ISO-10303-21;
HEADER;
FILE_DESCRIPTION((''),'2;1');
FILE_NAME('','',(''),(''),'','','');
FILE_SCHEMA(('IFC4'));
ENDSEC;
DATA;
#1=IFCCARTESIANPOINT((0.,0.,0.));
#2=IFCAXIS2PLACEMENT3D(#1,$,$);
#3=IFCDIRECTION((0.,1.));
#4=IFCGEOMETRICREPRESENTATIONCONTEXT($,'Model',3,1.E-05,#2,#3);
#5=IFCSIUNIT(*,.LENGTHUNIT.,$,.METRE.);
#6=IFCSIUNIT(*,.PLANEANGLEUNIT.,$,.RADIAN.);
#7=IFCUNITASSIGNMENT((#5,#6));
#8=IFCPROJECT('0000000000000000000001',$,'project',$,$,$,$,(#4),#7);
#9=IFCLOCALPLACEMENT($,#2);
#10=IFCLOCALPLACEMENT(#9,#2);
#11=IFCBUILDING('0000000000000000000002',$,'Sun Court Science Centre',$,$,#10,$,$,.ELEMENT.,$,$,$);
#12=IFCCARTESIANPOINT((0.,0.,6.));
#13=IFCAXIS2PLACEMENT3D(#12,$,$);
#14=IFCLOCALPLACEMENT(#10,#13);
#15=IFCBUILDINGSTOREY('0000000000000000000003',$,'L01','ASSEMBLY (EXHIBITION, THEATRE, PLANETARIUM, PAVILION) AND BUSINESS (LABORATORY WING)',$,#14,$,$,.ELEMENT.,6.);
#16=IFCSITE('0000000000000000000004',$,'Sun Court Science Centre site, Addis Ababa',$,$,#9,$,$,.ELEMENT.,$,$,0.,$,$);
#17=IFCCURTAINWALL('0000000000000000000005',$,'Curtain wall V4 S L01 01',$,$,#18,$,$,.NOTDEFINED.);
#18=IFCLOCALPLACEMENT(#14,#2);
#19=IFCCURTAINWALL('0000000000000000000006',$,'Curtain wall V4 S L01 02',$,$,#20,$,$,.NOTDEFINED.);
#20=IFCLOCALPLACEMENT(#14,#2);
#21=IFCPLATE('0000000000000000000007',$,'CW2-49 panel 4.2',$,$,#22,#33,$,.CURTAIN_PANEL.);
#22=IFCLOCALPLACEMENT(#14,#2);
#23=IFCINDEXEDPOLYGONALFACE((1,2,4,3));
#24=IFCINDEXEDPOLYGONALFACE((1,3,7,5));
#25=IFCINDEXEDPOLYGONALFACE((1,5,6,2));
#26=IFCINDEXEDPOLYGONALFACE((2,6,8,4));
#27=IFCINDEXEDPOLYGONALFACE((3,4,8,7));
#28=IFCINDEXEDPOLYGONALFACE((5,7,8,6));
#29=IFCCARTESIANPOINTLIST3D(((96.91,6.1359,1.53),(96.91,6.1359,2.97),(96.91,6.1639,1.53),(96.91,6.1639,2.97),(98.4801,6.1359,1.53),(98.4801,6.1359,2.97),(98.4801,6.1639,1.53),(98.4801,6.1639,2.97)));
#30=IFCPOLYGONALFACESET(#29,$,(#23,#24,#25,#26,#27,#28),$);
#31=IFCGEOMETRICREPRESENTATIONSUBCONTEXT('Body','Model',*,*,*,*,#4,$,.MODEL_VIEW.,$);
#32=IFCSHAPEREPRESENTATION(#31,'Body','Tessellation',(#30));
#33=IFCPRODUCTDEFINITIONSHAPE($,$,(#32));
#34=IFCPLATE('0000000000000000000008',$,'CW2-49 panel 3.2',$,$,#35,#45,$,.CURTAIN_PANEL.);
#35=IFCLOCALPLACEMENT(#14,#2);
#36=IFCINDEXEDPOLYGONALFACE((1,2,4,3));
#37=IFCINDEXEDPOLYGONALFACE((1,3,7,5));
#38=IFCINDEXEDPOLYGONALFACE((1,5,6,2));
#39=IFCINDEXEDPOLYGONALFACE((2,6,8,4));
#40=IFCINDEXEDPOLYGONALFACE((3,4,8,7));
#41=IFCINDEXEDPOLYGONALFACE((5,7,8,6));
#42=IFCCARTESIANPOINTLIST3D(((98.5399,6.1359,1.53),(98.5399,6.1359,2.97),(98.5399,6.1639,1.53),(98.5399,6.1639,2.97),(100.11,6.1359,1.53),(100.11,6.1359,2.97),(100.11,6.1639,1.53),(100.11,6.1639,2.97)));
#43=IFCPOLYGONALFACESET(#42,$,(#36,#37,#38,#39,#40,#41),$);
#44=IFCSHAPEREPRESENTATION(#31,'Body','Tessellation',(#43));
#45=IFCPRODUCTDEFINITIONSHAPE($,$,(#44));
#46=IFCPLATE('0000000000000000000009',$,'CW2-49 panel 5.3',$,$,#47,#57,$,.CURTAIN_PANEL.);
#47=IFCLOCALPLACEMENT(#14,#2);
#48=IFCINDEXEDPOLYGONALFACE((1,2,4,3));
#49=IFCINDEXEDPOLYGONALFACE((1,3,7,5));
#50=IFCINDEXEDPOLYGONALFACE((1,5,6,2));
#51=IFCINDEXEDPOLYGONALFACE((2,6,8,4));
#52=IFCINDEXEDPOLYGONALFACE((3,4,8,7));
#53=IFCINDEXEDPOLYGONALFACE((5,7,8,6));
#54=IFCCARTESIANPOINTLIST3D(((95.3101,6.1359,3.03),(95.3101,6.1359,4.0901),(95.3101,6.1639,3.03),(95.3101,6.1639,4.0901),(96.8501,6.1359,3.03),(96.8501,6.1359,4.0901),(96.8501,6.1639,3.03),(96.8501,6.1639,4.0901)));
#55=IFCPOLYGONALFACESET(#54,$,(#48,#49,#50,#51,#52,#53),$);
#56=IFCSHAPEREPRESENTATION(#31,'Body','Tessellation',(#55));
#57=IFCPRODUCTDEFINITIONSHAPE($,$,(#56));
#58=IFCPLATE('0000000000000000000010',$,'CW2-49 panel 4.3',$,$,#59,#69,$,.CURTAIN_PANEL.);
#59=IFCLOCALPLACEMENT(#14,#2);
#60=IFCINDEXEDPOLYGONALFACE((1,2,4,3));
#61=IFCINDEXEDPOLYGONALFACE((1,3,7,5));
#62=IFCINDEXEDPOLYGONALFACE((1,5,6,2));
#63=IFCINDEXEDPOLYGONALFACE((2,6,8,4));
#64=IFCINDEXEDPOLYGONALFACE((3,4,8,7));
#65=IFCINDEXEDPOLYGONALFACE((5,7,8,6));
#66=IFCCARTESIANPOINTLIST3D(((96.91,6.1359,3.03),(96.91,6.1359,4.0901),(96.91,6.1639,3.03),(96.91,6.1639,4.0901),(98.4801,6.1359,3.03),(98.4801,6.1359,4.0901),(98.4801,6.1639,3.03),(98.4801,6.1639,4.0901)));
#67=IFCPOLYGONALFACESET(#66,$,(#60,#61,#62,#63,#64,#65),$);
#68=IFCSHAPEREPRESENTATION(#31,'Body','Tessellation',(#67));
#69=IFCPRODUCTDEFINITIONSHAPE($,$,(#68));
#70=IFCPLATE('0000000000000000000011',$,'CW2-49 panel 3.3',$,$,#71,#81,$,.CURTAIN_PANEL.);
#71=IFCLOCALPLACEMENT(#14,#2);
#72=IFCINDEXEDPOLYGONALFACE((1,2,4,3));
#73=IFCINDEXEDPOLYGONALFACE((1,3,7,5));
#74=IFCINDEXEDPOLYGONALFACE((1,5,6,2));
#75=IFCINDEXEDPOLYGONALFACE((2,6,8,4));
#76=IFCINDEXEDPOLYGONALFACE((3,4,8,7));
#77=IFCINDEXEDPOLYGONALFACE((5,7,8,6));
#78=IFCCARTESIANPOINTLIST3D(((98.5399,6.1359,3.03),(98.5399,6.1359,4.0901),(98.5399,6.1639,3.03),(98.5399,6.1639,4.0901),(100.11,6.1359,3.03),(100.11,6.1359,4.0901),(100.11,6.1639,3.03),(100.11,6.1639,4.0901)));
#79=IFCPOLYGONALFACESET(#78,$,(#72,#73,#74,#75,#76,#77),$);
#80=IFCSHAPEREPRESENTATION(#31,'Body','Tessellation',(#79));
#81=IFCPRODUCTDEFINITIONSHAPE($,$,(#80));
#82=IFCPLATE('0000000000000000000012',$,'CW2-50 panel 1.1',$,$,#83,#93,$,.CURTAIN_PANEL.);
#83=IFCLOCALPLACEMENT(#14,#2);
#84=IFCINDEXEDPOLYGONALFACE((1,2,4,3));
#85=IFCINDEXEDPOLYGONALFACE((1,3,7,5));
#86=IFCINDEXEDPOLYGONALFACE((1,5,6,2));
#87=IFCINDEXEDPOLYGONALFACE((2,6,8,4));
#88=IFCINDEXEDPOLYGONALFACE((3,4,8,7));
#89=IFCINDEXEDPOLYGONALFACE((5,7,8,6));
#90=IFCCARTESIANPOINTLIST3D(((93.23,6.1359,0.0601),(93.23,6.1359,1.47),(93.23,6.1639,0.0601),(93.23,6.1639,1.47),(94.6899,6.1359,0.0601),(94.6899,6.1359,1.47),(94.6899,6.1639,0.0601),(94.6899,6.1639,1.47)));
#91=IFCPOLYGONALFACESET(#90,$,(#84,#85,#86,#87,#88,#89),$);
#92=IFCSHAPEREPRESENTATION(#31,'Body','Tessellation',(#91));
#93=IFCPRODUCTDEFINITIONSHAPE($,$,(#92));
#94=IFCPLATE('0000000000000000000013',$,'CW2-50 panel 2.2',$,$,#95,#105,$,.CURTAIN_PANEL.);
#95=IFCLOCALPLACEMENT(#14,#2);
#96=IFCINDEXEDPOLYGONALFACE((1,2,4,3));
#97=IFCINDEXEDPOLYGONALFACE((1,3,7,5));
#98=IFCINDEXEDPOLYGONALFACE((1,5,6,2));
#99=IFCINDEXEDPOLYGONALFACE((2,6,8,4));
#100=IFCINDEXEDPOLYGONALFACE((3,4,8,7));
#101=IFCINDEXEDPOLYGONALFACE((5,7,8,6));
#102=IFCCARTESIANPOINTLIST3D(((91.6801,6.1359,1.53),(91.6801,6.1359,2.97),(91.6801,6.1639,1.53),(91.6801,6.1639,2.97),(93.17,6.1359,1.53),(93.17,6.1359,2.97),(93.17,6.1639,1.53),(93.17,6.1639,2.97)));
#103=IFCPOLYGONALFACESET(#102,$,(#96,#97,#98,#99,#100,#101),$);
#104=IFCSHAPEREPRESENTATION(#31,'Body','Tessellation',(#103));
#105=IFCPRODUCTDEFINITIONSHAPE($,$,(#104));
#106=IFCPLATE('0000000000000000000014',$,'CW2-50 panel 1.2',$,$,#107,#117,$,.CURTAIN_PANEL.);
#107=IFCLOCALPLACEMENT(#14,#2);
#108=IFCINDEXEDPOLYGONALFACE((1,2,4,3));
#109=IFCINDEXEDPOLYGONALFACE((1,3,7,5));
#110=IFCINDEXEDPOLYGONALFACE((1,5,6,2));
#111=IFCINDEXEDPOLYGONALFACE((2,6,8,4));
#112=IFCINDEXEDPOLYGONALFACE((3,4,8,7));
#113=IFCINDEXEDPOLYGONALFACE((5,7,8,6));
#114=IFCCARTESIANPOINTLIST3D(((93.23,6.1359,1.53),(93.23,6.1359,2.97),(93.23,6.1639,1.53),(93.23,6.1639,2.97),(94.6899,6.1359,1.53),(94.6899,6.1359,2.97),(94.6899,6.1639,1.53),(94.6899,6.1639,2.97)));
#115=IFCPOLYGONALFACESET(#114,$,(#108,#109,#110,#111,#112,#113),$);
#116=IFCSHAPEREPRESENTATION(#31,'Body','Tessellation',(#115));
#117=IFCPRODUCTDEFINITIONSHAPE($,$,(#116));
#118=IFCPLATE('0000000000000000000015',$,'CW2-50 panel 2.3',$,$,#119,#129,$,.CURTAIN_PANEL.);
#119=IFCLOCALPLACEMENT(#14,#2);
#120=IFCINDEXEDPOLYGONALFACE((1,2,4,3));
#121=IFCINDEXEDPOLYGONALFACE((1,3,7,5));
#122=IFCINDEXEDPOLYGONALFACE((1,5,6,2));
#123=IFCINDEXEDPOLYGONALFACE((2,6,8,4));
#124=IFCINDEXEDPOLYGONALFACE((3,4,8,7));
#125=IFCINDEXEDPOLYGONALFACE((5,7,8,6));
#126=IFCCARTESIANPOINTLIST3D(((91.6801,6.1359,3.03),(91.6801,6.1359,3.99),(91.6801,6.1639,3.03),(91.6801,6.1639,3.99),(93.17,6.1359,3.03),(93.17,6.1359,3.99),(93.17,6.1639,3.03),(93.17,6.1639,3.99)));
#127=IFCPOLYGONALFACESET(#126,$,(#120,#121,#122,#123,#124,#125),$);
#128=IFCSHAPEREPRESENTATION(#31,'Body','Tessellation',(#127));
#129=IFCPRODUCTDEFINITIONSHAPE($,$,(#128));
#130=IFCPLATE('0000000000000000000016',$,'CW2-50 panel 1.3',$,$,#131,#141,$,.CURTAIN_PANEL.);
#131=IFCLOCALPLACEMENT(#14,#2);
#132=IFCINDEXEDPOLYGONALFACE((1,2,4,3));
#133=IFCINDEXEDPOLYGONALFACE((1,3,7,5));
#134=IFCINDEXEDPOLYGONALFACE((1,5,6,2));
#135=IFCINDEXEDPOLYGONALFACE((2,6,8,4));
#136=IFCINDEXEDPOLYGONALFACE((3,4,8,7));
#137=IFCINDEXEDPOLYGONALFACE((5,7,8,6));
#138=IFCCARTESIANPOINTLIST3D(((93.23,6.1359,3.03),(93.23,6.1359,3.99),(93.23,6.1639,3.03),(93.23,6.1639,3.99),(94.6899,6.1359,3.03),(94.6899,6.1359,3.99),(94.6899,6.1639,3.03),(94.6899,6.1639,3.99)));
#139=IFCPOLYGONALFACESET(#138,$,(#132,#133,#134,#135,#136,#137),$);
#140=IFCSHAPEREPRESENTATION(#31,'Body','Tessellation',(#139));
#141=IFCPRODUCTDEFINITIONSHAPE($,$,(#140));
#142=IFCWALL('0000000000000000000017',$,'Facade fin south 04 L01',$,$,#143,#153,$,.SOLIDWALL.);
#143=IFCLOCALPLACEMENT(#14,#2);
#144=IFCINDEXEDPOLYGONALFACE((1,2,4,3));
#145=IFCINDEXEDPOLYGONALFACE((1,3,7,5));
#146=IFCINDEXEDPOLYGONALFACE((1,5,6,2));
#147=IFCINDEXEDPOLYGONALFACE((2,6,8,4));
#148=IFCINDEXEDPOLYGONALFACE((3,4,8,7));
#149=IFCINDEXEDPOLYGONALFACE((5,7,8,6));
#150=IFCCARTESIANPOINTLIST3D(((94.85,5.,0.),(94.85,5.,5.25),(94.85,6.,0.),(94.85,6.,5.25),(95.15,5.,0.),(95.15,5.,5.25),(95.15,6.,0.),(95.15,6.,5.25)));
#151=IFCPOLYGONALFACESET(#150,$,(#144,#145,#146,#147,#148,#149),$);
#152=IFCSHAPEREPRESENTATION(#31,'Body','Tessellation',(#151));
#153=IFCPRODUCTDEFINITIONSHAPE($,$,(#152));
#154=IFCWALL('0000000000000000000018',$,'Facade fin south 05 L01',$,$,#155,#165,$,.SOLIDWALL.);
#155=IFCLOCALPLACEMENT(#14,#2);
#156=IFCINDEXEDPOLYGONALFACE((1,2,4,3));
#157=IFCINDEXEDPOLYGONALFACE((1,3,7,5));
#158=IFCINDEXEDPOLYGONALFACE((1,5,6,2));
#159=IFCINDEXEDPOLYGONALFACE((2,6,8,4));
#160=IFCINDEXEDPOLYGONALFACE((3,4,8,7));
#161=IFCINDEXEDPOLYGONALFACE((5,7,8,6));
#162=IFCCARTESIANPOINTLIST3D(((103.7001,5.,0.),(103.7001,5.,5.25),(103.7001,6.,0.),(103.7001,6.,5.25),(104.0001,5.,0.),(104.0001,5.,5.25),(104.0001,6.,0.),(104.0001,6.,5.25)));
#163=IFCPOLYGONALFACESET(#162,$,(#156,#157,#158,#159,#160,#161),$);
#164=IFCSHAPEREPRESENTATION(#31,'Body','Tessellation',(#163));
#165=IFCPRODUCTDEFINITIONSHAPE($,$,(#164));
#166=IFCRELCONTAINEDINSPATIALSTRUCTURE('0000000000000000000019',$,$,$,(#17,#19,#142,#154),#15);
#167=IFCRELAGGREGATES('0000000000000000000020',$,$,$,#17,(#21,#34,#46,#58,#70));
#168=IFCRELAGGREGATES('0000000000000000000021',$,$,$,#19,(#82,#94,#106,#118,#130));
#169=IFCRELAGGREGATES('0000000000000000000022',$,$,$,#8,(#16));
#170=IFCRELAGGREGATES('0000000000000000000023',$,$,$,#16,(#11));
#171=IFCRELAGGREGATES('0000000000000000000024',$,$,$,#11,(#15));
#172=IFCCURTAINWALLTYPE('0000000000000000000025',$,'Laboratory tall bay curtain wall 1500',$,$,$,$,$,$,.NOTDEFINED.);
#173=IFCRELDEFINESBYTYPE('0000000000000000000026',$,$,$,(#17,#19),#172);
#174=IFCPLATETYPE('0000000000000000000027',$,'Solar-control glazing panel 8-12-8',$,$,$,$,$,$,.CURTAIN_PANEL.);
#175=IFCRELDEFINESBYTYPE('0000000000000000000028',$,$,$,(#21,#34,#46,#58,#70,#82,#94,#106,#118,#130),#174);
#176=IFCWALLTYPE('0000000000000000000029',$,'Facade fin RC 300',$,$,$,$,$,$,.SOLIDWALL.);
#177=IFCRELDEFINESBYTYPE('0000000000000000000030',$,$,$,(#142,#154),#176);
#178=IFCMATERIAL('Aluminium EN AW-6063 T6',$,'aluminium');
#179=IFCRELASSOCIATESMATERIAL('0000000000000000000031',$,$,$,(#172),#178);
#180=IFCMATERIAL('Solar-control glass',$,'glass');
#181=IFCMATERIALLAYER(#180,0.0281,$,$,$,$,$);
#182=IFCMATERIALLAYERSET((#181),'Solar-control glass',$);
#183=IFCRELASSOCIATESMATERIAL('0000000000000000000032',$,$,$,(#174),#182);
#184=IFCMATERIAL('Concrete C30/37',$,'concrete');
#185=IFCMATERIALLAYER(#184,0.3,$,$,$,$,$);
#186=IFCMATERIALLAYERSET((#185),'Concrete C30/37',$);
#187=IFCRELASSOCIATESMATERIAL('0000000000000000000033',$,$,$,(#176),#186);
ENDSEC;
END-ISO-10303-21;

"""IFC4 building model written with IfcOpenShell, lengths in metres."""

from ifc_helpers import new_model, si_unit, direction, frame, frame_2d, origin, origin_2d, place, context, subcontext, project, spatial, rectangle, extrude, material, layer, layer_set, type_object, element, aggregate, save


model = new_model("IFC4")

# Units and contexts
model_context = context("Model", 3, precision=1e-05, world=origin(), true_north=direction((0.0, 1.0)))
body_context = subcontext(model_context, "Body", "Model", "MODEL_VIEW")
ifc_project = project(units=[si_unit("LENGTHUNIT", "METRE"), si_unit("PLANEANGLEUNIT", "RADIAN")], contexts=[model_context])

# Site, building, storey
site_placement = place(None, origin())
site = spatial("IfcSite", under=ifc_project, at=site_placement, Name="Sun Court Science Centre site, Addis Ababa", CompositionType="ELEMENT", RefElevation=0.0)
building_placement = place(site_placement, origin())
building = spatial("IfcBuilding", under=site, at=building_placement, Name="Sun Court Science Centre", CompositionType="ELEMENT")
storey_placement = place(building_placement, frame((0.0, 0.0, 6.0)))
storey = spatial("IfcBuildingStorey", under=building, at=storey_placement, Name="L01", Description="ASSEMBLY (EXHIBITION, THEATRE, PLANETARIUM, PAVILION) AND BUSINESS (LABORATORY WING)", CompositionType="ELEMENT", Elevation=6.0)

# Curtain walls
ifc_material_1 = material(Name="Aluminium EN AW-6063 T6", Category="aluminium")
curtain_wall_type = type_object("IfcCurtainWallType", Name="Laboratory tall bay curtain wall 1500", PredefinedType="NOTDEFINED", material=ifc_material_1)
curtain_wall_1_placement = place(storey_placement, origin())
curtain_wall_1 = element("IfcCurtainWall", 1, at=curtain_wall_1_placement, inside=storey, type_object=curtain_wall_type, Name="Curtain wall V4 S L01 01", PredefinedType="NOTDEFINED")
curtain_wall_2_placement = place(storey_placement, origin())
curtain_wall_2 = element("IfcCurtainWall", 2, at=curtain_wall_2_placement, inside=storey, type_object=curtain_wall_type, Name="Curtain wall V4 S L01 02", PredefinedType="NOTDEFINED")

# Plates
ifc_material_2 = material(Name="Solar-control glass", Category="glass")
ifc_layer_1 = layer(ifc_material_2, 0.0281)
ifc_layer_set_1 = layer_set([ifc_layer_1], Name="Solar-control glass")
plate_type = type_object("IfcPlateType", Name="Solar-control glazing panel 8-12-8", PredefinedType="CURTAIN_PANEL", material=ifc_layer_set_1)
plate_1_placement = place(storey_placement, frame((97.6951, 6.1499, 1.53), z_axis=(0.0, 0.0, 1.0), x_axis=(-1.0, 0.0, 0.0)))
plate_1 = element("IfcPlate", 3, at=plate_1_placement, type_object=plate_type, Name="CW2-49 panel 4.2", PredefinedType="CURTAIN_PANEL", context=body_context, shape_type="SweptSolid", body=[
    extrude(rectangle(XDim=1.5701, YDim=0.0281, at=origin_2d()), origin(), (0.0, 0.0, 1.0), 1.4399),
])
plate_2_placement = place(storey_placement, frame((99.325, 6.1499, 1.53), z_axis=(0.0, 0.0, 1.0), x_axis=(-1.0, 0.0, 0.0)))
plate_2 = element("IfcPlate", 4, at=plate_2_placement, type_object=plate_type, Name="CW2-49 panel 3.2", PredefinedType="CURTAIN_PANEL", context=body_context, shape_type="SweptSolid", body=[
    extrude(rectangle(XDim=1.5701, YDim=0.0281, at=origin_2d()), origin(), (0.0, 0.0, 1.0), 1.4399),
])
plate_3_placement = place(storey_placement, frame((96.0801, 6.1499, 3.03), z_axis=(0.0, 0.0, 1.0), x_axis=(-1.0, 0.0, 0.0)))
plate_3 = element("IfcPlate", 5, at=plate_3_placement, type_object=plate_type, Name="CW2-49 panel 5.3", PredefinedType="CURTAIN_PANEL", context=body_context, shape_type="SweptSolid", body=[
    extrude(rectangle(XDim=1.54, YDim=0.0281, at=origin_2d()), origin(), (0.0, 0.0, 1.0), 1.0601),
])
plate_4_placement = place(storey_placement, frame((97.6951, 6.1499, 3.03), z_axis=(0.0, 0.0, 1.0), x_axis=(-1.0, 0.0, 0.0)))
plate_4 = element("IfcPlate", 6, at=plate_4_placement, type_object=plate_type, Name="CW2-49 panel 4.3", PredefinedType="CURTAIN_PANEL", context=body_context, shape_type="SweptSolid", body=[
    extrude(rectangle(XDim=1.5701, YDim=0.0281, at=origin_2d()), origin(), (0.0, 0.0, 1.0), 1.0601),
])
plate_5_placement = place(storey_placement, frame((99.325, 6.1499, 3.03), z_axis=(0.0, 0.0, 1.0), x_axis=(-1.0, 0.0, 0.0)))
plate_5 = element("IfcPlate", 7, at=plate_5_placement, type_object=plate_type, Name="CW2-49 panel 3.3", PredefinedType="CURTAIN_PANEL", context=body_context, shape_type="SweptSolid", body=[
    extrude(rectangle(XDim=1.5701, YDim=0.0281, at=origin_2d()), origin(), (0.0, 0.0, 1.0), 1.0601),
])
aggregate(curtain_wall_1, [plate_1, plate_2, plate_3, plate_4, plate_5])
plate_6_placement = place(storey_placement, frame((93.96, 6.1499, 0.0601), z_axis=(0.0, 0.0, 1.0), x_axis=(-1.0, 0.0, 0.0)))
plate_6 = element("IfcPlate", 8, at=plate_6_placement, type_object=plate_type, Name="CW2-50 panel 1.1", PredefinedType="CURTAIN_PANEL", context=body_context, shape_type="SweptSolid", body=[
    extrude(rectangle(XDim=1.46, YDim=0.0281, at=origin_2d()), origin(), (0.0, 0.0, 1.0), 1.4099),
])
plate_7_placement = place(storey_placement, frame((92.425, 6.1499, 1.53), z_axis=(0.0, 0.0, 1.0), x_axis=(-1.0, 0.0, 0.0)))
plate_7 = element("IfcPlate", 9, at=plate_7_placement, type_object=plate_type, Name="CW2-50 panel 2.2", PredefinedType="CURTAIN_PANEL", context=body_context, shape_type="SweptSolid", body=[
    extrude(rectangle(XDim=1.49, YDim=0.0281, at=origin_2d()), origin(), (0.0, 0.0, 1.0), 1.4399),
])
plate_8_placement = place(storey_placement, frame((93.96, 6.1499, 1.53), z_axis=(0.0, 0.0, 1.0), x_axis=(-1.0, 0.0, 0.0)))
plate_8 = element("IfcPlate", 10, at=plate_8_placement, type_object=plate_type, Name="CW2-50 panel 1.2", PredefinedType="CURTAIN_PANEL", context=body_context, shape_type="SweptSolid", body=[
    extrude(rectangle(XDim=1.46, YDim=0.0281, at=origin_2d()), origin(), (0.0, 0.0, 1.0), 1.4399),
])
plate_9_placement = place(storey_placement, frame((92.425, 6.1499, 3.03), z_axis=(0.0, 0.0, 1.0), x_axis=(-1.0, 0.0, 0.0)))
plate_9 = element("IfcPlate", 11, at=plate_9_placement, type_object=plate_type, Name="CW2-50 panel 2.3", PredefinedType="CURTAIN_PANEL", context=body_context, shape_type="SweptSolid", body=[
    extrude(rectangle(XDim=1.49, YDim=0.0281, at=origin_2d()), origin(), (0.0, 0.0, 1.0), 0.96),
])
plate_10_placement = place(storey_placement, frame((93.96, 6.1499, 3.03), z_axis=(0.0, 0.0, 1.0), x_axis=(-1.0, 0.0, 0.0)))
plate_10 = element("IfcPlate", 12, at=plate_10_placement, type_object=plate_type, Name="CW2-50 panel 1.3", PredefinedType="CURTAIN_PANEL", context=body_context, shape_type="SweptSolid", body=[
    extrude(rectangle(XDim=1.46, YDim=0.0281, at=origin_2d()), origin(), (0.0, 0.0, 1.0), 0.96),
])
aggregate(curtain_wall_2, [plate_6, plate_7, plate_8, plate_9, plate_10])

# Walls
ifc_material_3 = material(Name="Concrete C30/37", Category="concrete")
ifc_layer_2 = layer(ifc_material_3, 0.3)
ifc_layer_set_2 = layer_set([ifc_layer_2], Name="Concrete C30/37")
wall_type = type_object("IfcWallType", Name="Facade fin RC 300", PredefinedType="SOLIDWALL", material=ifc_layer_set_2)
for number, where, z_axis, x_axis, name in (
    (13, (95.0, 6.0, 0.0), (0.0, 0.0, 1.0), (0.0, -1.0, 0.0), "Facade fin south 04 L01"),
    (14, (103.8501, 6.0, 0.0), (0.0, 0.0, 1.0), (0.0, -1.0, 0.0), "Facade fin south 05 L01"),
):
    element("IfcWall", number, at=place(storey_placement, frame(where, z_axis=z_axis, x_axis=x_axis)), inside=storey, type_object=wall_type, Name=name, PredefinedType="SOLIDWALL", context=body_context, shape_type="SweptSolid", body=[
        extrude(rectangle(XDim=1.0, YDim=0.3, at=frame_2d((0.5, 0.0))), origin(), (0.0, 0.0, 1.0), 5.25),
    ])

save(model, "model.ifc")
